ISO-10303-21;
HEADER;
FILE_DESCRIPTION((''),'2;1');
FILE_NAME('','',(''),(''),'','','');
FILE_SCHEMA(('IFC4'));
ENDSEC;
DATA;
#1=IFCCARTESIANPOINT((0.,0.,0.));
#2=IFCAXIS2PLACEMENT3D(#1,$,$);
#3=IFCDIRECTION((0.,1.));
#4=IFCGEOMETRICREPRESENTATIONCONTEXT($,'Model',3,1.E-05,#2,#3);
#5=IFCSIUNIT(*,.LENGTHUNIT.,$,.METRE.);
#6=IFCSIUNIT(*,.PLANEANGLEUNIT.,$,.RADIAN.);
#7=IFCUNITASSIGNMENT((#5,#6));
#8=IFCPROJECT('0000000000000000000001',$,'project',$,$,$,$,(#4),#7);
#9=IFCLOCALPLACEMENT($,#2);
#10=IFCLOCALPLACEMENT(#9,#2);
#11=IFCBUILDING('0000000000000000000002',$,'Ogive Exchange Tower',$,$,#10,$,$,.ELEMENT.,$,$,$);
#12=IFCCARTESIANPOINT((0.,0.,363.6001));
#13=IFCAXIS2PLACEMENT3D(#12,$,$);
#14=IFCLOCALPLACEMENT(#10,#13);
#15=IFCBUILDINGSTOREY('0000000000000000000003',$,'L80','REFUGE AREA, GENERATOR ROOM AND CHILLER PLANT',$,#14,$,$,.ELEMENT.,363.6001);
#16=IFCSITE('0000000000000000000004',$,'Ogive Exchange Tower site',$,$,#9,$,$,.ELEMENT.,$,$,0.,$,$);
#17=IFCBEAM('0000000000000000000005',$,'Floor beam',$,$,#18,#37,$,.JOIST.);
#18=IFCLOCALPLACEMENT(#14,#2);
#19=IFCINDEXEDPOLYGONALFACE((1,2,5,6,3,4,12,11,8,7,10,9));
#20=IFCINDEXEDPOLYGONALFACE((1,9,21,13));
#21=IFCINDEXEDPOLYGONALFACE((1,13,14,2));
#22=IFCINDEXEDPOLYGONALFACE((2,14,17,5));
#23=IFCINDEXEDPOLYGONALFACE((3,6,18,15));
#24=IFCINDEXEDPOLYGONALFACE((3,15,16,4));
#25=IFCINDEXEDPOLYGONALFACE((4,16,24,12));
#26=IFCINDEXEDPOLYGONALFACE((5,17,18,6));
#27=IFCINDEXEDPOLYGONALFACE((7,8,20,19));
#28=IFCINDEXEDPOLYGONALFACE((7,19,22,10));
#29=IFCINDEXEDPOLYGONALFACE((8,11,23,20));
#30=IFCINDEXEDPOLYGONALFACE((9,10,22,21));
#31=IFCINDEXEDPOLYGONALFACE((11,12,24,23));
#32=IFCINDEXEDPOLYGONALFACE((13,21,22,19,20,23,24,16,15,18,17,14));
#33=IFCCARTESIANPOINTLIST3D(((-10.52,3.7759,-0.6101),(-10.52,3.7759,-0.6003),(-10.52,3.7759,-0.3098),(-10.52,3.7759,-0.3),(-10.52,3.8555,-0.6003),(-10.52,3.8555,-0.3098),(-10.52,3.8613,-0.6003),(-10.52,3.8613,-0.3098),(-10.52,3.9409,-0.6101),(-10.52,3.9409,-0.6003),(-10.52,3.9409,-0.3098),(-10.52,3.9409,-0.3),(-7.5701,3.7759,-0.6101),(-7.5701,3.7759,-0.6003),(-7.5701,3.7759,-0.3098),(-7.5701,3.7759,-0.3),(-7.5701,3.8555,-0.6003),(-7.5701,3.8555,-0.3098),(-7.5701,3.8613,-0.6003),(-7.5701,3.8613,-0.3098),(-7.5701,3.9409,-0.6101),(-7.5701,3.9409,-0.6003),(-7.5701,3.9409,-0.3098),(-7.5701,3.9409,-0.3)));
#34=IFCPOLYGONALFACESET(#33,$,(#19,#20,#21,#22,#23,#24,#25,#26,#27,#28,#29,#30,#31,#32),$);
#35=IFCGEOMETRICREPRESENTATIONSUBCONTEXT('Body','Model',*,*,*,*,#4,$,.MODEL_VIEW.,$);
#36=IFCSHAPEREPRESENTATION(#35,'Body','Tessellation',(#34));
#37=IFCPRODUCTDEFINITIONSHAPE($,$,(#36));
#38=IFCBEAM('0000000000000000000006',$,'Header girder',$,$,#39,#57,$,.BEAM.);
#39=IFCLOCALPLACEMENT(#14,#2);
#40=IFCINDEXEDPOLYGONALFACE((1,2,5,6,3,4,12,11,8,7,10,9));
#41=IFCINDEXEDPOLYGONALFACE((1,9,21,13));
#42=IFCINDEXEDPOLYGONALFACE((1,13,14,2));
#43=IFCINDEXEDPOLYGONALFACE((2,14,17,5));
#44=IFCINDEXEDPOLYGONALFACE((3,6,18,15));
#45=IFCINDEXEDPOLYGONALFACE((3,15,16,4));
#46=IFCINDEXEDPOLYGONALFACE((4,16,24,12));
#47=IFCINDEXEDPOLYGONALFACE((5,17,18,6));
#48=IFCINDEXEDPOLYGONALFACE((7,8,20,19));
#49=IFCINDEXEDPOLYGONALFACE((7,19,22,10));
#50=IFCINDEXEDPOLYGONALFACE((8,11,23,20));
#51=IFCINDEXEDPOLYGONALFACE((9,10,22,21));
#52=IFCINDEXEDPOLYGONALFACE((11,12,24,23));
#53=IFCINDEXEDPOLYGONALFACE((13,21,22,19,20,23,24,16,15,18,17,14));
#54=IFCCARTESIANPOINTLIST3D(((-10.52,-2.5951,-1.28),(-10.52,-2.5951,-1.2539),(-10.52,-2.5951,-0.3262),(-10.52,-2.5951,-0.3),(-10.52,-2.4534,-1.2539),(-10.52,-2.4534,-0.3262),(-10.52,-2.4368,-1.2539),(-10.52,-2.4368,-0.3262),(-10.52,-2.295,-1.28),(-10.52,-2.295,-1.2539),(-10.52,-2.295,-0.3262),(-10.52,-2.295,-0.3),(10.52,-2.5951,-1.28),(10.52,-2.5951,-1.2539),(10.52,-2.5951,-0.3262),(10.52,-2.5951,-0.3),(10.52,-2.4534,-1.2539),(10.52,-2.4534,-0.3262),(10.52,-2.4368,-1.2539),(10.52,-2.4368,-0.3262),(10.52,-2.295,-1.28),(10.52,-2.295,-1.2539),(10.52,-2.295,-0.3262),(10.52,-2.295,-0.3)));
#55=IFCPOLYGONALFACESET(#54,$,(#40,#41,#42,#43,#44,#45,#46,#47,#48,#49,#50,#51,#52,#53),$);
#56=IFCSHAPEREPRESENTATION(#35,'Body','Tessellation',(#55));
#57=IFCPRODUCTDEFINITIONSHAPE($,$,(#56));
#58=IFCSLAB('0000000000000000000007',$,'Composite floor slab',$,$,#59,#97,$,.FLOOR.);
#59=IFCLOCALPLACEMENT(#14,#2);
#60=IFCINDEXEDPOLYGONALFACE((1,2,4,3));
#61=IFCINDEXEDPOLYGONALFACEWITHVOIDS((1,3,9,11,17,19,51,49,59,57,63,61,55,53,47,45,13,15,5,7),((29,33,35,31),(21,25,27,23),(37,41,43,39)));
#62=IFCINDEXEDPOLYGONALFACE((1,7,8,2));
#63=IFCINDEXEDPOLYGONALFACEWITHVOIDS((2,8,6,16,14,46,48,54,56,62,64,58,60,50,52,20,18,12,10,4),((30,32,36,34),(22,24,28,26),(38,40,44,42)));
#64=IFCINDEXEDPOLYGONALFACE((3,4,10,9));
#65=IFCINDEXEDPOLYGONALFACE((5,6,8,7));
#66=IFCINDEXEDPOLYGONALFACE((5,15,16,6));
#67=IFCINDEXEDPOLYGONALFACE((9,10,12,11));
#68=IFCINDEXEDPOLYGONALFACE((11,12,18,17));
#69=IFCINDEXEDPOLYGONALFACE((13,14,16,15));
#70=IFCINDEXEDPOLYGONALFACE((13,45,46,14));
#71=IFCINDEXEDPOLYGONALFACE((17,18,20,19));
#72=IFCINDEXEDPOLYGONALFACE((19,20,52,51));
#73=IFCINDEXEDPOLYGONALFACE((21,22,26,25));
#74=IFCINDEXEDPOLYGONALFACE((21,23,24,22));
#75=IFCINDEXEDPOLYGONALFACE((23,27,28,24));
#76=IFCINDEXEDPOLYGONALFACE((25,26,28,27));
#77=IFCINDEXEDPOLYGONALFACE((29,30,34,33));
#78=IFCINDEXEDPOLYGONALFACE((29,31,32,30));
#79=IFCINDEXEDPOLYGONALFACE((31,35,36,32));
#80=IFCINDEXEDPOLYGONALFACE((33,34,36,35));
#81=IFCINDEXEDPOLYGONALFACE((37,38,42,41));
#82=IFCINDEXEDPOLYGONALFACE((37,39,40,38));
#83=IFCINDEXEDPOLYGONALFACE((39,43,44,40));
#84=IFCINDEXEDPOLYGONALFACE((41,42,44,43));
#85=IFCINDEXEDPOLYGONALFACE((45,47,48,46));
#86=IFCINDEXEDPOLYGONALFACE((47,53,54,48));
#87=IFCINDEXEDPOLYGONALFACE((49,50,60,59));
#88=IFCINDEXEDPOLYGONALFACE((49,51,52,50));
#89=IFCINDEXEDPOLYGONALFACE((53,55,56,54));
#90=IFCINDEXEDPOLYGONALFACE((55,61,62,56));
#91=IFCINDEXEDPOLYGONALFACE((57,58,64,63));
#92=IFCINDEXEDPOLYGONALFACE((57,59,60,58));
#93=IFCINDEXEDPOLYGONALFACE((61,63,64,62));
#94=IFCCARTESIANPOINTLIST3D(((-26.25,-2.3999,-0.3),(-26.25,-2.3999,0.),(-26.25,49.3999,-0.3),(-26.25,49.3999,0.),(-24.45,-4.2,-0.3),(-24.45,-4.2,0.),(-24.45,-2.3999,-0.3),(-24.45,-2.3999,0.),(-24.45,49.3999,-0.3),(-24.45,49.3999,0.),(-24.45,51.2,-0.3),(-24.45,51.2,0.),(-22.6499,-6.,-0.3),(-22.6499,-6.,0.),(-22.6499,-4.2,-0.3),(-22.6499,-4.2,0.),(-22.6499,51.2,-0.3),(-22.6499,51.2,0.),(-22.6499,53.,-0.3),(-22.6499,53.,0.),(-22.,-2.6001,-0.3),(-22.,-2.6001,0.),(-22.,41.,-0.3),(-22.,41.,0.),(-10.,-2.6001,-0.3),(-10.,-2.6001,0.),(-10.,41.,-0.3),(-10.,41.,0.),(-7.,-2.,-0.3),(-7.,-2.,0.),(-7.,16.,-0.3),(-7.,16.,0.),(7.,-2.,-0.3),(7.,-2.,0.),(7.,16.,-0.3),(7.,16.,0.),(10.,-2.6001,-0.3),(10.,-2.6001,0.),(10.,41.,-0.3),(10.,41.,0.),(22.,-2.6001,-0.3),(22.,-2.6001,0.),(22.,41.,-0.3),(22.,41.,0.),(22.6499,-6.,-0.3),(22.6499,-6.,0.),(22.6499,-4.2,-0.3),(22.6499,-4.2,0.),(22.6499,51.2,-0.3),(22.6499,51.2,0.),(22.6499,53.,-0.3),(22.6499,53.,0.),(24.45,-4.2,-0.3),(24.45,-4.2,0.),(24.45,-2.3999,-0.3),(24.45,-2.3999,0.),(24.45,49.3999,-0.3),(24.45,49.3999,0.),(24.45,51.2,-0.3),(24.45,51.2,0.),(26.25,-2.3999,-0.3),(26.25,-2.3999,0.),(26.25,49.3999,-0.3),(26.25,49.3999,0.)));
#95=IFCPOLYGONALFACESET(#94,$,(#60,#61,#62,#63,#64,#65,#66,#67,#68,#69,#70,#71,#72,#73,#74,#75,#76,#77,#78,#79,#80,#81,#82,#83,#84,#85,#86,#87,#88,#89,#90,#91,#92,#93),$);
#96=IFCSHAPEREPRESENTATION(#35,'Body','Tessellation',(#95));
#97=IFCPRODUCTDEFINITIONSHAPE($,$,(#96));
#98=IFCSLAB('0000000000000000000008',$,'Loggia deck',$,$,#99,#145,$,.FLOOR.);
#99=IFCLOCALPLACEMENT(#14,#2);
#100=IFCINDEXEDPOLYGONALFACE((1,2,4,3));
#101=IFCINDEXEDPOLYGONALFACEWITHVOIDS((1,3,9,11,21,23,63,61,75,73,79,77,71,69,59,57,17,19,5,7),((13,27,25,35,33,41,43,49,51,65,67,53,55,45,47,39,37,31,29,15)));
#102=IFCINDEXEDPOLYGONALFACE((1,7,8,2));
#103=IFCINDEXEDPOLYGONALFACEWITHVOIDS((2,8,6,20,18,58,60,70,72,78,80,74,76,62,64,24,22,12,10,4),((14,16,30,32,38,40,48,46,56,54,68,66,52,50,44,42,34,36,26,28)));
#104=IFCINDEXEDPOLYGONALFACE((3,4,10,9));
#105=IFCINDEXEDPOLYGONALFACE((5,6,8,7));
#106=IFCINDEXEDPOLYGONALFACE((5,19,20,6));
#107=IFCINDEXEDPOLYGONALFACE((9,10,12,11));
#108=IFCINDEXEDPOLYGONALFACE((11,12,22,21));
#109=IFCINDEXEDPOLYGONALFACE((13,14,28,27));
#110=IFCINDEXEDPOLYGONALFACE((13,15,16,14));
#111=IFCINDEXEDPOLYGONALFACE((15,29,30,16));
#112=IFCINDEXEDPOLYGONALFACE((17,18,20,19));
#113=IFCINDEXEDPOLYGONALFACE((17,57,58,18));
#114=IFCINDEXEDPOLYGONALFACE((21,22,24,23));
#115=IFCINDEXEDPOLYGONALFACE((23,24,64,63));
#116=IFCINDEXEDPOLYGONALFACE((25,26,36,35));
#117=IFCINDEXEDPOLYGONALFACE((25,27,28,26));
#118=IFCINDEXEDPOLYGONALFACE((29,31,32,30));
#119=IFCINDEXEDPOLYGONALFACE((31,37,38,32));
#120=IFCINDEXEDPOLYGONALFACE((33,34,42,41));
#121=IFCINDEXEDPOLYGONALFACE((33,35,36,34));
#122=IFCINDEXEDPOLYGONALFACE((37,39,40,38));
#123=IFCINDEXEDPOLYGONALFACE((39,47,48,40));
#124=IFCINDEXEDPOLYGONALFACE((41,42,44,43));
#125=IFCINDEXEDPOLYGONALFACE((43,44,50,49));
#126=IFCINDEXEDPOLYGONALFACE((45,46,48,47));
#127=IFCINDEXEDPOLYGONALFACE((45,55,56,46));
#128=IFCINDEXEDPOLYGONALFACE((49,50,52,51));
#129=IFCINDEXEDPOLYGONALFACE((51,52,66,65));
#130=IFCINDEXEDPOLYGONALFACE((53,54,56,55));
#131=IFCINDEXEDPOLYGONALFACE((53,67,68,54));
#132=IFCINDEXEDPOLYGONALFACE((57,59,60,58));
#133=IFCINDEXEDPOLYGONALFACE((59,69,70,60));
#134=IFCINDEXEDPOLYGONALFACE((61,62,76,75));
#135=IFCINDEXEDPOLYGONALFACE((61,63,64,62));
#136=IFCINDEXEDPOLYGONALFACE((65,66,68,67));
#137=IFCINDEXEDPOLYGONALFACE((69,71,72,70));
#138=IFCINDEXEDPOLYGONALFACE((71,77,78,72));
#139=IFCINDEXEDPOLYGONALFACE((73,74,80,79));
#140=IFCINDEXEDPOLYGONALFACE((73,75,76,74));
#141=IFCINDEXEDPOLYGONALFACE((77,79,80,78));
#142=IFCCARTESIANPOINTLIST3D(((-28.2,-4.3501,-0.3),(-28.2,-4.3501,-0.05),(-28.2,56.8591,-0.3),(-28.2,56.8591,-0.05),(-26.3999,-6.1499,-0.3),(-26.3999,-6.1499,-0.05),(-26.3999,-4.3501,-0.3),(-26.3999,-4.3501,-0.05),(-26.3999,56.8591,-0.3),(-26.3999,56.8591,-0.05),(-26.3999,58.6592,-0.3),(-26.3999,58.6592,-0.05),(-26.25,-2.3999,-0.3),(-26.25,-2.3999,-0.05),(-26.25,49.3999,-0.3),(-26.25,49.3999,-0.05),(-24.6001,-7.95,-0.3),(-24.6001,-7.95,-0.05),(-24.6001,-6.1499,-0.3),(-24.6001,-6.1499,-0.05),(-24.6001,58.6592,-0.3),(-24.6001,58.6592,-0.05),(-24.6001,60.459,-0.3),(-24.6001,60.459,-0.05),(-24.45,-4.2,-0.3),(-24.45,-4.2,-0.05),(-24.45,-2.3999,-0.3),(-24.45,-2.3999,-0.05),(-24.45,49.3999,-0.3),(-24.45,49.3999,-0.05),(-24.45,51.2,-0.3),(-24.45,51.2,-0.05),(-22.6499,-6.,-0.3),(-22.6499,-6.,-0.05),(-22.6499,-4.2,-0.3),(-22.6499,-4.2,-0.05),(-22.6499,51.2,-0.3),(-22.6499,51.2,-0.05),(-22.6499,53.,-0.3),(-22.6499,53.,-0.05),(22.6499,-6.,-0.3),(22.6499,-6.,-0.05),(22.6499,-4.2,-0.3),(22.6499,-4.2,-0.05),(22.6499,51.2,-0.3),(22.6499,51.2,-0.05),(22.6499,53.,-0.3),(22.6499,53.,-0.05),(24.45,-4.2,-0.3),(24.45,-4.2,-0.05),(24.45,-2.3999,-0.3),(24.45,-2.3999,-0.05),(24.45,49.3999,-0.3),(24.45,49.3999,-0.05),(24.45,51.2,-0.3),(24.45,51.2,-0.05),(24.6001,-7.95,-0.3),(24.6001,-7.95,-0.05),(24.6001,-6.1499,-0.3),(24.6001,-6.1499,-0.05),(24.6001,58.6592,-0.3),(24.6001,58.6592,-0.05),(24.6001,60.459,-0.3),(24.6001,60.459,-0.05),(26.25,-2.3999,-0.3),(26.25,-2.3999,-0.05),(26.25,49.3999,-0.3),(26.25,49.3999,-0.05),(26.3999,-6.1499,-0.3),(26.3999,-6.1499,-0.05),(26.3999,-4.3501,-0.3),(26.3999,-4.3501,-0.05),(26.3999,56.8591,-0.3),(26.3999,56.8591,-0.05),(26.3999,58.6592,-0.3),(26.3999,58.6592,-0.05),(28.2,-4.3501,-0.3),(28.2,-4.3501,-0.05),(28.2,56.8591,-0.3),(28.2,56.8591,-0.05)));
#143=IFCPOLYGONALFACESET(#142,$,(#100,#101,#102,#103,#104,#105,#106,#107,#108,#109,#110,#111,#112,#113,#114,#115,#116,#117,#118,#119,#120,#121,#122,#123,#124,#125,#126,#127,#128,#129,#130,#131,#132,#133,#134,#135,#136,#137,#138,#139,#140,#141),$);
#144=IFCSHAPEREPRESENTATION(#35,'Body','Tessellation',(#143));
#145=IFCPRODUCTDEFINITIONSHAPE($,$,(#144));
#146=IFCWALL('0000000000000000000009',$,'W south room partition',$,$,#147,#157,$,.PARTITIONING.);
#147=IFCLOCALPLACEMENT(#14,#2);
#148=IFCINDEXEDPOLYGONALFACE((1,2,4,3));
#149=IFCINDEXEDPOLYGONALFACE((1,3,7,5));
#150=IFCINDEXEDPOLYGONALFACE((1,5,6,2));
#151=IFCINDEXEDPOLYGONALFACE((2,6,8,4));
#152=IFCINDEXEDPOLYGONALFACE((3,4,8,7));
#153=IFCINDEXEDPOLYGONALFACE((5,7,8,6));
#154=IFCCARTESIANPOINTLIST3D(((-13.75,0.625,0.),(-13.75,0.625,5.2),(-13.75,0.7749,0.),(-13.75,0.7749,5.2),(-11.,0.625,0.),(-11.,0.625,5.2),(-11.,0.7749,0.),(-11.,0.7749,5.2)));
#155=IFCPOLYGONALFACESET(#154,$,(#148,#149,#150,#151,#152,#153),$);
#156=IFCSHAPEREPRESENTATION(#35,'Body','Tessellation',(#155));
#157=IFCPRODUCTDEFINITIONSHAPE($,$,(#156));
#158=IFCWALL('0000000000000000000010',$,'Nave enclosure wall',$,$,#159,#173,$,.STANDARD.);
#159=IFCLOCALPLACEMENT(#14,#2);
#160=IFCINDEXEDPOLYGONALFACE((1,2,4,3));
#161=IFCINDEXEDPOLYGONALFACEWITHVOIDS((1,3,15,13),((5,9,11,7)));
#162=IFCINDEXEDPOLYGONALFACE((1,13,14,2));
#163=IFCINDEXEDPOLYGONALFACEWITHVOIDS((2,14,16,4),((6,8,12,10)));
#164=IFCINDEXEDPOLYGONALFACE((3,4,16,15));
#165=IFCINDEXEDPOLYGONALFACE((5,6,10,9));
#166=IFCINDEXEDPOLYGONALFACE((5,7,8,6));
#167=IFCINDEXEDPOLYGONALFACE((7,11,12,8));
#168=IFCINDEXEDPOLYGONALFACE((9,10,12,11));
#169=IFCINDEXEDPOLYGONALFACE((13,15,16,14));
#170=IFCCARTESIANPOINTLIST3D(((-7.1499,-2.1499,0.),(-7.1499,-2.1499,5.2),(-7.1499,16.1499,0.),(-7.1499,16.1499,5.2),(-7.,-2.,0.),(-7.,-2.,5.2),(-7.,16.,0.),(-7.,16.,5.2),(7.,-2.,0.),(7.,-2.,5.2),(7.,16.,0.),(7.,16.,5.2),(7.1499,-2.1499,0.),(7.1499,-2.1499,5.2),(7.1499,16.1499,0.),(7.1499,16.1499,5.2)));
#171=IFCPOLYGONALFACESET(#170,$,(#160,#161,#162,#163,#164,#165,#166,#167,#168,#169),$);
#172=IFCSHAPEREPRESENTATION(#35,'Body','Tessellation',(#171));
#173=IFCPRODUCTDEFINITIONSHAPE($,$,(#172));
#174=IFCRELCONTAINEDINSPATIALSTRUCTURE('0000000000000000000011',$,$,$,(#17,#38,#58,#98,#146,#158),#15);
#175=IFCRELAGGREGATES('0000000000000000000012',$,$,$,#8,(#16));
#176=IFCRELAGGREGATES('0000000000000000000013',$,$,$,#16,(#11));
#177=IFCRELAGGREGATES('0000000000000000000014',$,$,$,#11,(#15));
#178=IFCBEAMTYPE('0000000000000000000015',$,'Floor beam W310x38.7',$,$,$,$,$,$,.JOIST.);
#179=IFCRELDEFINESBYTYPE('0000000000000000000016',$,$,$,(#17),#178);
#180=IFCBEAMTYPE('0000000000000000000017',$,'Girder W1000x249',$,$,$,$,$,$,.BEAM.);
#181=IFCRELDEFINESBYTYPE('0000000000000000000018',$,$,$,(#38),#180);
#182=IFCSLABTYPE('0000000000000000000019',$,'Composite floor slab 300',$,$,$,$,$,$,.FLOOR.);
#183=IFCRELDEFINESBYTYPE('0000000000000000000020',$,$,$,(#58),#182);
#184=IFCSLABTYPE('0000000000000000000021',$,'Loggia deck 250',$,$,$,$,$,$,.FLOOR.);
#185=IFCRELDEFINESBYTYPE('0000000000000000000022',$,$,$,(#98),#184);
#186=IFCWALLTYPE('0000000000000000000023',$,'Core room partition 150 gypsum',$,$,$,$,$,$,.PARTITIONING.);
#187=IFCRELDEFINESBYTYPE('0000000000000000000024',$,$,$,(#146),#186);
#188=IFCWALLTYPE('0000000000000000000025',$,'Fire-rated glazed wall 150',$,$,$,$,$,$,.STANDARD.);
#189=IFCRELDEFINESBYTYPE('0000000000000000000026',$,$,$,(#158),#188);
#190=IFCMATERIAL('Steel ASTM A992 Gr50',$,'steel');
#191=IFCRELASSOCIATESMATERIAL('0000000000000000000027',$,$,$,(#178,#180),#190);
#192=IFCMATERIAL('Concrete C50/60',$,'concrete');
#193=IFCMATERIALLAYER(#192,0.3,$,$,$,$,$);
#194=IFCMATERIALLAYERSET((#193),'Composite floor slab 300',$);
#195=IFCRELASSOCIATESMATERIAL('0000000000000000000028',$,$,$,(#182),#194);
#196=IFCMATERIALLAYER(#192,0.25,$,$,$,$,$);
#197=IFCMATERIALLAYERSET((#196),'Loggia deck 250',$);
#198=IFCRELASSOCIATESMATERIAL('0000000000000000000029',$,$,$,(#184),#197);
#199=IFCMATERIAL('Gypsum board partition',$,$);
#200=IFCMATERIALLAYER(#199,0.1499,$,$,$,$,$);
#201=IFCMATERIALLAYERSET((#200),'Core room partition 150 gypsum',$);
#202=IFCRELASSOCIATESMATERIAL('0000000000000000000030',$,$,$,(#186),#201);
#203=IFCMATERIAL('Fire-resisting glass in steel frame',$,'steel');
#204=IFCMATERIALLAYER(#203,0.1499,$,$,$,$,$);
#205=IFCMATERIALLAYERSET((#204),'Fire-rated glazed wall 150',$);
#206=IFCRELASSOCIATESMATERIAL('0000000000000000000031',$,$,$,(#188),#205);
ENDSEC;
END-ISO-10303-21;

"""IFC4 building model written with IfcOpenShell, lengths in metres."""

from ifc_helpers import new_model, si_unit, direction, frame, frame_2d, origin, origin_2d, place, context, subcontext, project, spatial, polyline, rectangle, i_section, outline, extrude, material, layer, layer_set, material_profile, profile_set, type_object, element, save


model = new_model("IFC4")

# Units and contexts
model_context = context("Model", 3, precision=1e-05, world=origin(), true_north=direction((0.0, 1.0)))
body_context = subcontext(model_context, "Body", "Model", "MODEL_VIEW")
ifc_project = project(units=[si_unit("LENGTHUNIT", "METRE"), si_unit("PLANEANGLEUNIT", "RADIAN")], contexts=[model_context])

# Site, building, storey
site_placement = place(None, origin())
site = spatial("IfcSite", under=ifc_project, at=site_placement, Name="Ogive Exchange Tower site", CompositionType="ELEMENT", RefElevation=0.0)
building_placement = place(site_placement, origin())
building = spatial("IfcBuilding", under=site, at=building_placement, Name="Ogive Exchange Tower", CompositionType="ELEMENT")
storey_placement = place(building_placement, frame((0.0, 0.0, 363.6001)))
storey = spatial("IfcBuildingStorey", under=building, at=storey_placement, Name="L80", Description="REFUGE AREA, GENERATOR ROOM AND CHILLER PLANT", CompositionType="ELEMENT", Elevation=363.6001)

# Beams
ifc_material_1 = material(Name="Steel ASTM A992 Gr50", Category="steel")
ifc_material_profile_1 = material_profile(ifc_material_1, i_section(OverallWidth=0.165, OverallDepth=0.3101, WebThickness=0.0059, FlangeThickness=0.0098, at=origin_2d()), Name="W310x38.7")
ifc_profile_set_1 = profile_set([ifc_material_profile_1], Name="Steel ASTM A992 Gr50")
beam_type_1 = type_object("IfcBeamType", Name="Floor beam W310x38.7", PredefinedType="JOIST", material=ifc_profile_set_1)
beam_1_placement = place(storey_placement, frame((-10.52, 3.8584, -0.4551), z_axis=(1.0, 0.0, 0.0), x_axis=(0.0, 1.0, 0.0)))
element("IfcBeam", 1, at=beam_1_placement, inside=storey, type_object=beam_type_1, Name="Floor beam", PredefinedType="JOIST", context=body_context, shape_type="SweptSolid", body=[
    extrude(i_section(OverallWidth=0.165, OverallDepth=0.3101, WebThickness=0.0059, FlangeThickness=0.0098, at=origin_2d()), origin(), (0.0, 0.0, 1.0), 2.95),
])
ifc_material_profile_2 = material_profile(ifc_material_1, i_section(OverallWidth=0.3, OverallDepth=0.98, WebThickness=0.0166, FlangeThickness=0.0261, at=origin_2d()), Name="W1000x249")
ifc_profile_set_2 = profile_set([ifc_material_profile_2], Name="Steel ASTM A992 Gr50")
beam_type_2 = type_object("IfcBeamType", Name="Girder W1000x249", PredefinedType="BEAM", material=ifc_profile_set_2)
beam_2_placement = place(storey_placement, frame((-10.52, -2.4451, -0.79), z_axis=(1.0, 0.0, 0.0), x_axis=(0.0, 1.0, 0.0)))
element("IfcBeam", 2, at=beam_2_placement, inside=storey, type_object=beam_type_2, Name="Header girder", PredefinedType="BEAM", context=body_context, shape_type="SweptSolid", body=[
    extrude(i_section(OverallWidth=0.3, OverallDepth=0.98, WebThickness=0.0166, FlangeThickness=0.0261, at=origin_2d()), origin(), (0.0, 0.0, 1.0), 21.04),
])

# Slabs
ifc_material_2 = material(Name="Concrete C50/60", Category="concrete")
ifc_layer_1 = layer(ifc_material_2, 0.3)
ifc_layer_set_1 = layer_set([ifc_layer_1], Name="Composite floor slab 300")
slab_type_1 = type_object("IfcSlabType", Name="Composite floor slab 300", PredefinedType="FLOOR", material=ifc_layer_set_1)
slab_1_placement = place(storey_placement, frame((0.0, 0.0, -0.3)))
element("IfcSlab", 3, at=slab_1_placement, inside=storey, type_object=slab_type_1, Name="Composite floor slab", PredefinedType="FLOOR", context=body_context, shape_type="SweptSolid", body=[
    extrude(outline(polyline([(-22.6499, -4.2), (-24.45, -4.2), (-24.45, -2.3999), (-26.25, -2.3999), (-26.25, 49.3999), (-24.45, 49.3999), (-24.45, 51.2), (-22.6499, 51.2), (-22.6499, 53.0), (22.6499, 53.0), (22.6499, 51.2), (24.45, 51.2), (24.45, 49.3999), (26.25, 49.3999), (26.25, -2.3999), (24.45, -2.3999), (24.45, -4.2), (22.6499, -4.2), (22.6499, -6.0), (-22.6499, -6.0), (-22.6499, -4.2)]), holes=[polyline([(7.0, -2.0), (7.0, 16.0), (-7.0, 16.0), (-7.0, -2.0), (7.0, -2.0)]), polyline([(-22.0, -2.6001), (-10.0, -2.6001), (-10.0, 41.0), (-22.0, 41.0), (-22.0, -2.6001)]), polyline([(10.0, -2.6001), (22.0, -2.6001), (22.0, 41.0), (10.0, 41.0), (10.0, -2.6001)])]), origin(), (0.0, 0.0, 1.0), 0.3),
])
ifc_layer_2 = layer(ifc_material_2, 0.25)
ifc_layer_set_2 = layer_set([ifc_layer_2], Name="Loggia deck 250")
slab_type_2 = type_object("IfcSlabType", Name="Loggia deck 250", PredefinedType="FLOOR", material=ifc_layer_set_2)
slab_2_placement = place(storey_placement, frame((0.0, 0.0, -0.3)))
element("IfcSlab", 4, at=slab_2_placement, inside=storey, type_object=slab_type_2, Name="Loggia deck", PredefinedType="FLOOR", context=body_context, shape_type="SweptSolid", body=[
    extrude(outline(polyline([(-24.6001, -6.1499), (-26.3999, -6.1499), (-26.3999, -4.3501), (-28.2, -4.3501), (-28.2, 56.8591), (-26.3999, 56.8591), (-26.3999, 58.6592), (-24.6001, 58.6592), (-24.6001, 60.459), (24.6001, 60.459), (24.6001, 58.6592), (26.3999, 58.6592), (26.3999, 56.8591), (28.2, 56.8591), (28.2, -4.3501), (26.3999, -4.3501), (26.3999, -6.1499), (24.6001, -6.1499), (24.6001, -7.95), (-24.6001, -7.95), (-24.6001, -6.1499)]), holes=[polyline([(22.6499, -4.2), (24.45, -4.2), (24.45, -2.3999), (26.25, -2.3999), (26.25, 49.3999), (24.45, 49.3999), (24.45, 51.2), (22.6499, 51.2), (22.6499, 53.0), (-22.6499, 53.0), (-22.6499, 51.2), (-24.45, 51.2), (-24.45, 49.3999), (-26.25, 49.3999), (-26.25, -2.3999), (-24.45, -2.3999), (-24.45, -4.2), (-22.6499, -4.2), (-22.6499, -6.0), (22.6499, -6.0), (22.6499, -4.2)])]), origin(), (0.0, 0.0, 1.0), 0.25),
])

# Walls
ifc_material_3 = material(Name="Gypsum board partition")
ifc_layer_3 = layer(ifc_material_3, 0.1499)
ifc_layer_set_3 = layer_set([ifc_layer_3], Name="Core room partition 150 gypsum")
wall_type_1 = type_object("IfcWallType", Name="Core room partition 150 gypsum", PredefinedType="PARTITIONING", material=ifc_layer_set_3)
wall_1_placement = place(storey_placement, frame((-13.75, 0.7, 0.0), z_axis=(0.0, 0.0, 1.0), x_axis=(1.0, 0.0, 0.0)))
element("IfcWall", 5, at=wall_1_placement, inside=storey, type_object=wall_type_1, Name="W south room partition", PredefinedType="PARTITIONING", context=body_context, shape_type="SweptSolid", body=[
    extrude(rectangle(XDim=2.75, YDim=0.1499, at=frame_2d((1.375, 0.0))), origin(), (0.0, 0.0, 1.0), 5.2),
])
ifc_material_4 = material(Name="Fire-resisting glass in steel frame", Category="steel")
ifc_layer_4 = layer(ifc_material_4, 0.1499)
ifc_layer_set_4 = layer_set([ifc_layer_4], Name="Fire-rated glazed wall 150")
wall_type_2 = type_object("IfcWallType", Name="Fire-rated glazed wall 150", PredefinedType="STANDARD", material=ifc_layer_set_4)
wall_2_placement = place(storey_placement, origin())
element("IfcWall", 6, at=wall_2_placement, inside=storey, type_object=wall_type_2, Name="Nave enclosure wall", PredefinedType="STANDARD", context=body_context, shape_type="SweptSolid", body=[
    extrude(outline(polyline([(-7.1499, -2.1499), (7.1499, -2.1499), (7.1499, 16.1499), (-7.1499, 16.1499), (-7.1499, -2.1499)]), holes=[polyline([(-7.0, -2.0), (-7.0, 16.0), (7.0, 16.0), (7.0, -2.0), (-7.0, -2.0)])]), origin(), (0.0, 0.0, 1.0), 5.2),
])

save(model, "model.ifc")
